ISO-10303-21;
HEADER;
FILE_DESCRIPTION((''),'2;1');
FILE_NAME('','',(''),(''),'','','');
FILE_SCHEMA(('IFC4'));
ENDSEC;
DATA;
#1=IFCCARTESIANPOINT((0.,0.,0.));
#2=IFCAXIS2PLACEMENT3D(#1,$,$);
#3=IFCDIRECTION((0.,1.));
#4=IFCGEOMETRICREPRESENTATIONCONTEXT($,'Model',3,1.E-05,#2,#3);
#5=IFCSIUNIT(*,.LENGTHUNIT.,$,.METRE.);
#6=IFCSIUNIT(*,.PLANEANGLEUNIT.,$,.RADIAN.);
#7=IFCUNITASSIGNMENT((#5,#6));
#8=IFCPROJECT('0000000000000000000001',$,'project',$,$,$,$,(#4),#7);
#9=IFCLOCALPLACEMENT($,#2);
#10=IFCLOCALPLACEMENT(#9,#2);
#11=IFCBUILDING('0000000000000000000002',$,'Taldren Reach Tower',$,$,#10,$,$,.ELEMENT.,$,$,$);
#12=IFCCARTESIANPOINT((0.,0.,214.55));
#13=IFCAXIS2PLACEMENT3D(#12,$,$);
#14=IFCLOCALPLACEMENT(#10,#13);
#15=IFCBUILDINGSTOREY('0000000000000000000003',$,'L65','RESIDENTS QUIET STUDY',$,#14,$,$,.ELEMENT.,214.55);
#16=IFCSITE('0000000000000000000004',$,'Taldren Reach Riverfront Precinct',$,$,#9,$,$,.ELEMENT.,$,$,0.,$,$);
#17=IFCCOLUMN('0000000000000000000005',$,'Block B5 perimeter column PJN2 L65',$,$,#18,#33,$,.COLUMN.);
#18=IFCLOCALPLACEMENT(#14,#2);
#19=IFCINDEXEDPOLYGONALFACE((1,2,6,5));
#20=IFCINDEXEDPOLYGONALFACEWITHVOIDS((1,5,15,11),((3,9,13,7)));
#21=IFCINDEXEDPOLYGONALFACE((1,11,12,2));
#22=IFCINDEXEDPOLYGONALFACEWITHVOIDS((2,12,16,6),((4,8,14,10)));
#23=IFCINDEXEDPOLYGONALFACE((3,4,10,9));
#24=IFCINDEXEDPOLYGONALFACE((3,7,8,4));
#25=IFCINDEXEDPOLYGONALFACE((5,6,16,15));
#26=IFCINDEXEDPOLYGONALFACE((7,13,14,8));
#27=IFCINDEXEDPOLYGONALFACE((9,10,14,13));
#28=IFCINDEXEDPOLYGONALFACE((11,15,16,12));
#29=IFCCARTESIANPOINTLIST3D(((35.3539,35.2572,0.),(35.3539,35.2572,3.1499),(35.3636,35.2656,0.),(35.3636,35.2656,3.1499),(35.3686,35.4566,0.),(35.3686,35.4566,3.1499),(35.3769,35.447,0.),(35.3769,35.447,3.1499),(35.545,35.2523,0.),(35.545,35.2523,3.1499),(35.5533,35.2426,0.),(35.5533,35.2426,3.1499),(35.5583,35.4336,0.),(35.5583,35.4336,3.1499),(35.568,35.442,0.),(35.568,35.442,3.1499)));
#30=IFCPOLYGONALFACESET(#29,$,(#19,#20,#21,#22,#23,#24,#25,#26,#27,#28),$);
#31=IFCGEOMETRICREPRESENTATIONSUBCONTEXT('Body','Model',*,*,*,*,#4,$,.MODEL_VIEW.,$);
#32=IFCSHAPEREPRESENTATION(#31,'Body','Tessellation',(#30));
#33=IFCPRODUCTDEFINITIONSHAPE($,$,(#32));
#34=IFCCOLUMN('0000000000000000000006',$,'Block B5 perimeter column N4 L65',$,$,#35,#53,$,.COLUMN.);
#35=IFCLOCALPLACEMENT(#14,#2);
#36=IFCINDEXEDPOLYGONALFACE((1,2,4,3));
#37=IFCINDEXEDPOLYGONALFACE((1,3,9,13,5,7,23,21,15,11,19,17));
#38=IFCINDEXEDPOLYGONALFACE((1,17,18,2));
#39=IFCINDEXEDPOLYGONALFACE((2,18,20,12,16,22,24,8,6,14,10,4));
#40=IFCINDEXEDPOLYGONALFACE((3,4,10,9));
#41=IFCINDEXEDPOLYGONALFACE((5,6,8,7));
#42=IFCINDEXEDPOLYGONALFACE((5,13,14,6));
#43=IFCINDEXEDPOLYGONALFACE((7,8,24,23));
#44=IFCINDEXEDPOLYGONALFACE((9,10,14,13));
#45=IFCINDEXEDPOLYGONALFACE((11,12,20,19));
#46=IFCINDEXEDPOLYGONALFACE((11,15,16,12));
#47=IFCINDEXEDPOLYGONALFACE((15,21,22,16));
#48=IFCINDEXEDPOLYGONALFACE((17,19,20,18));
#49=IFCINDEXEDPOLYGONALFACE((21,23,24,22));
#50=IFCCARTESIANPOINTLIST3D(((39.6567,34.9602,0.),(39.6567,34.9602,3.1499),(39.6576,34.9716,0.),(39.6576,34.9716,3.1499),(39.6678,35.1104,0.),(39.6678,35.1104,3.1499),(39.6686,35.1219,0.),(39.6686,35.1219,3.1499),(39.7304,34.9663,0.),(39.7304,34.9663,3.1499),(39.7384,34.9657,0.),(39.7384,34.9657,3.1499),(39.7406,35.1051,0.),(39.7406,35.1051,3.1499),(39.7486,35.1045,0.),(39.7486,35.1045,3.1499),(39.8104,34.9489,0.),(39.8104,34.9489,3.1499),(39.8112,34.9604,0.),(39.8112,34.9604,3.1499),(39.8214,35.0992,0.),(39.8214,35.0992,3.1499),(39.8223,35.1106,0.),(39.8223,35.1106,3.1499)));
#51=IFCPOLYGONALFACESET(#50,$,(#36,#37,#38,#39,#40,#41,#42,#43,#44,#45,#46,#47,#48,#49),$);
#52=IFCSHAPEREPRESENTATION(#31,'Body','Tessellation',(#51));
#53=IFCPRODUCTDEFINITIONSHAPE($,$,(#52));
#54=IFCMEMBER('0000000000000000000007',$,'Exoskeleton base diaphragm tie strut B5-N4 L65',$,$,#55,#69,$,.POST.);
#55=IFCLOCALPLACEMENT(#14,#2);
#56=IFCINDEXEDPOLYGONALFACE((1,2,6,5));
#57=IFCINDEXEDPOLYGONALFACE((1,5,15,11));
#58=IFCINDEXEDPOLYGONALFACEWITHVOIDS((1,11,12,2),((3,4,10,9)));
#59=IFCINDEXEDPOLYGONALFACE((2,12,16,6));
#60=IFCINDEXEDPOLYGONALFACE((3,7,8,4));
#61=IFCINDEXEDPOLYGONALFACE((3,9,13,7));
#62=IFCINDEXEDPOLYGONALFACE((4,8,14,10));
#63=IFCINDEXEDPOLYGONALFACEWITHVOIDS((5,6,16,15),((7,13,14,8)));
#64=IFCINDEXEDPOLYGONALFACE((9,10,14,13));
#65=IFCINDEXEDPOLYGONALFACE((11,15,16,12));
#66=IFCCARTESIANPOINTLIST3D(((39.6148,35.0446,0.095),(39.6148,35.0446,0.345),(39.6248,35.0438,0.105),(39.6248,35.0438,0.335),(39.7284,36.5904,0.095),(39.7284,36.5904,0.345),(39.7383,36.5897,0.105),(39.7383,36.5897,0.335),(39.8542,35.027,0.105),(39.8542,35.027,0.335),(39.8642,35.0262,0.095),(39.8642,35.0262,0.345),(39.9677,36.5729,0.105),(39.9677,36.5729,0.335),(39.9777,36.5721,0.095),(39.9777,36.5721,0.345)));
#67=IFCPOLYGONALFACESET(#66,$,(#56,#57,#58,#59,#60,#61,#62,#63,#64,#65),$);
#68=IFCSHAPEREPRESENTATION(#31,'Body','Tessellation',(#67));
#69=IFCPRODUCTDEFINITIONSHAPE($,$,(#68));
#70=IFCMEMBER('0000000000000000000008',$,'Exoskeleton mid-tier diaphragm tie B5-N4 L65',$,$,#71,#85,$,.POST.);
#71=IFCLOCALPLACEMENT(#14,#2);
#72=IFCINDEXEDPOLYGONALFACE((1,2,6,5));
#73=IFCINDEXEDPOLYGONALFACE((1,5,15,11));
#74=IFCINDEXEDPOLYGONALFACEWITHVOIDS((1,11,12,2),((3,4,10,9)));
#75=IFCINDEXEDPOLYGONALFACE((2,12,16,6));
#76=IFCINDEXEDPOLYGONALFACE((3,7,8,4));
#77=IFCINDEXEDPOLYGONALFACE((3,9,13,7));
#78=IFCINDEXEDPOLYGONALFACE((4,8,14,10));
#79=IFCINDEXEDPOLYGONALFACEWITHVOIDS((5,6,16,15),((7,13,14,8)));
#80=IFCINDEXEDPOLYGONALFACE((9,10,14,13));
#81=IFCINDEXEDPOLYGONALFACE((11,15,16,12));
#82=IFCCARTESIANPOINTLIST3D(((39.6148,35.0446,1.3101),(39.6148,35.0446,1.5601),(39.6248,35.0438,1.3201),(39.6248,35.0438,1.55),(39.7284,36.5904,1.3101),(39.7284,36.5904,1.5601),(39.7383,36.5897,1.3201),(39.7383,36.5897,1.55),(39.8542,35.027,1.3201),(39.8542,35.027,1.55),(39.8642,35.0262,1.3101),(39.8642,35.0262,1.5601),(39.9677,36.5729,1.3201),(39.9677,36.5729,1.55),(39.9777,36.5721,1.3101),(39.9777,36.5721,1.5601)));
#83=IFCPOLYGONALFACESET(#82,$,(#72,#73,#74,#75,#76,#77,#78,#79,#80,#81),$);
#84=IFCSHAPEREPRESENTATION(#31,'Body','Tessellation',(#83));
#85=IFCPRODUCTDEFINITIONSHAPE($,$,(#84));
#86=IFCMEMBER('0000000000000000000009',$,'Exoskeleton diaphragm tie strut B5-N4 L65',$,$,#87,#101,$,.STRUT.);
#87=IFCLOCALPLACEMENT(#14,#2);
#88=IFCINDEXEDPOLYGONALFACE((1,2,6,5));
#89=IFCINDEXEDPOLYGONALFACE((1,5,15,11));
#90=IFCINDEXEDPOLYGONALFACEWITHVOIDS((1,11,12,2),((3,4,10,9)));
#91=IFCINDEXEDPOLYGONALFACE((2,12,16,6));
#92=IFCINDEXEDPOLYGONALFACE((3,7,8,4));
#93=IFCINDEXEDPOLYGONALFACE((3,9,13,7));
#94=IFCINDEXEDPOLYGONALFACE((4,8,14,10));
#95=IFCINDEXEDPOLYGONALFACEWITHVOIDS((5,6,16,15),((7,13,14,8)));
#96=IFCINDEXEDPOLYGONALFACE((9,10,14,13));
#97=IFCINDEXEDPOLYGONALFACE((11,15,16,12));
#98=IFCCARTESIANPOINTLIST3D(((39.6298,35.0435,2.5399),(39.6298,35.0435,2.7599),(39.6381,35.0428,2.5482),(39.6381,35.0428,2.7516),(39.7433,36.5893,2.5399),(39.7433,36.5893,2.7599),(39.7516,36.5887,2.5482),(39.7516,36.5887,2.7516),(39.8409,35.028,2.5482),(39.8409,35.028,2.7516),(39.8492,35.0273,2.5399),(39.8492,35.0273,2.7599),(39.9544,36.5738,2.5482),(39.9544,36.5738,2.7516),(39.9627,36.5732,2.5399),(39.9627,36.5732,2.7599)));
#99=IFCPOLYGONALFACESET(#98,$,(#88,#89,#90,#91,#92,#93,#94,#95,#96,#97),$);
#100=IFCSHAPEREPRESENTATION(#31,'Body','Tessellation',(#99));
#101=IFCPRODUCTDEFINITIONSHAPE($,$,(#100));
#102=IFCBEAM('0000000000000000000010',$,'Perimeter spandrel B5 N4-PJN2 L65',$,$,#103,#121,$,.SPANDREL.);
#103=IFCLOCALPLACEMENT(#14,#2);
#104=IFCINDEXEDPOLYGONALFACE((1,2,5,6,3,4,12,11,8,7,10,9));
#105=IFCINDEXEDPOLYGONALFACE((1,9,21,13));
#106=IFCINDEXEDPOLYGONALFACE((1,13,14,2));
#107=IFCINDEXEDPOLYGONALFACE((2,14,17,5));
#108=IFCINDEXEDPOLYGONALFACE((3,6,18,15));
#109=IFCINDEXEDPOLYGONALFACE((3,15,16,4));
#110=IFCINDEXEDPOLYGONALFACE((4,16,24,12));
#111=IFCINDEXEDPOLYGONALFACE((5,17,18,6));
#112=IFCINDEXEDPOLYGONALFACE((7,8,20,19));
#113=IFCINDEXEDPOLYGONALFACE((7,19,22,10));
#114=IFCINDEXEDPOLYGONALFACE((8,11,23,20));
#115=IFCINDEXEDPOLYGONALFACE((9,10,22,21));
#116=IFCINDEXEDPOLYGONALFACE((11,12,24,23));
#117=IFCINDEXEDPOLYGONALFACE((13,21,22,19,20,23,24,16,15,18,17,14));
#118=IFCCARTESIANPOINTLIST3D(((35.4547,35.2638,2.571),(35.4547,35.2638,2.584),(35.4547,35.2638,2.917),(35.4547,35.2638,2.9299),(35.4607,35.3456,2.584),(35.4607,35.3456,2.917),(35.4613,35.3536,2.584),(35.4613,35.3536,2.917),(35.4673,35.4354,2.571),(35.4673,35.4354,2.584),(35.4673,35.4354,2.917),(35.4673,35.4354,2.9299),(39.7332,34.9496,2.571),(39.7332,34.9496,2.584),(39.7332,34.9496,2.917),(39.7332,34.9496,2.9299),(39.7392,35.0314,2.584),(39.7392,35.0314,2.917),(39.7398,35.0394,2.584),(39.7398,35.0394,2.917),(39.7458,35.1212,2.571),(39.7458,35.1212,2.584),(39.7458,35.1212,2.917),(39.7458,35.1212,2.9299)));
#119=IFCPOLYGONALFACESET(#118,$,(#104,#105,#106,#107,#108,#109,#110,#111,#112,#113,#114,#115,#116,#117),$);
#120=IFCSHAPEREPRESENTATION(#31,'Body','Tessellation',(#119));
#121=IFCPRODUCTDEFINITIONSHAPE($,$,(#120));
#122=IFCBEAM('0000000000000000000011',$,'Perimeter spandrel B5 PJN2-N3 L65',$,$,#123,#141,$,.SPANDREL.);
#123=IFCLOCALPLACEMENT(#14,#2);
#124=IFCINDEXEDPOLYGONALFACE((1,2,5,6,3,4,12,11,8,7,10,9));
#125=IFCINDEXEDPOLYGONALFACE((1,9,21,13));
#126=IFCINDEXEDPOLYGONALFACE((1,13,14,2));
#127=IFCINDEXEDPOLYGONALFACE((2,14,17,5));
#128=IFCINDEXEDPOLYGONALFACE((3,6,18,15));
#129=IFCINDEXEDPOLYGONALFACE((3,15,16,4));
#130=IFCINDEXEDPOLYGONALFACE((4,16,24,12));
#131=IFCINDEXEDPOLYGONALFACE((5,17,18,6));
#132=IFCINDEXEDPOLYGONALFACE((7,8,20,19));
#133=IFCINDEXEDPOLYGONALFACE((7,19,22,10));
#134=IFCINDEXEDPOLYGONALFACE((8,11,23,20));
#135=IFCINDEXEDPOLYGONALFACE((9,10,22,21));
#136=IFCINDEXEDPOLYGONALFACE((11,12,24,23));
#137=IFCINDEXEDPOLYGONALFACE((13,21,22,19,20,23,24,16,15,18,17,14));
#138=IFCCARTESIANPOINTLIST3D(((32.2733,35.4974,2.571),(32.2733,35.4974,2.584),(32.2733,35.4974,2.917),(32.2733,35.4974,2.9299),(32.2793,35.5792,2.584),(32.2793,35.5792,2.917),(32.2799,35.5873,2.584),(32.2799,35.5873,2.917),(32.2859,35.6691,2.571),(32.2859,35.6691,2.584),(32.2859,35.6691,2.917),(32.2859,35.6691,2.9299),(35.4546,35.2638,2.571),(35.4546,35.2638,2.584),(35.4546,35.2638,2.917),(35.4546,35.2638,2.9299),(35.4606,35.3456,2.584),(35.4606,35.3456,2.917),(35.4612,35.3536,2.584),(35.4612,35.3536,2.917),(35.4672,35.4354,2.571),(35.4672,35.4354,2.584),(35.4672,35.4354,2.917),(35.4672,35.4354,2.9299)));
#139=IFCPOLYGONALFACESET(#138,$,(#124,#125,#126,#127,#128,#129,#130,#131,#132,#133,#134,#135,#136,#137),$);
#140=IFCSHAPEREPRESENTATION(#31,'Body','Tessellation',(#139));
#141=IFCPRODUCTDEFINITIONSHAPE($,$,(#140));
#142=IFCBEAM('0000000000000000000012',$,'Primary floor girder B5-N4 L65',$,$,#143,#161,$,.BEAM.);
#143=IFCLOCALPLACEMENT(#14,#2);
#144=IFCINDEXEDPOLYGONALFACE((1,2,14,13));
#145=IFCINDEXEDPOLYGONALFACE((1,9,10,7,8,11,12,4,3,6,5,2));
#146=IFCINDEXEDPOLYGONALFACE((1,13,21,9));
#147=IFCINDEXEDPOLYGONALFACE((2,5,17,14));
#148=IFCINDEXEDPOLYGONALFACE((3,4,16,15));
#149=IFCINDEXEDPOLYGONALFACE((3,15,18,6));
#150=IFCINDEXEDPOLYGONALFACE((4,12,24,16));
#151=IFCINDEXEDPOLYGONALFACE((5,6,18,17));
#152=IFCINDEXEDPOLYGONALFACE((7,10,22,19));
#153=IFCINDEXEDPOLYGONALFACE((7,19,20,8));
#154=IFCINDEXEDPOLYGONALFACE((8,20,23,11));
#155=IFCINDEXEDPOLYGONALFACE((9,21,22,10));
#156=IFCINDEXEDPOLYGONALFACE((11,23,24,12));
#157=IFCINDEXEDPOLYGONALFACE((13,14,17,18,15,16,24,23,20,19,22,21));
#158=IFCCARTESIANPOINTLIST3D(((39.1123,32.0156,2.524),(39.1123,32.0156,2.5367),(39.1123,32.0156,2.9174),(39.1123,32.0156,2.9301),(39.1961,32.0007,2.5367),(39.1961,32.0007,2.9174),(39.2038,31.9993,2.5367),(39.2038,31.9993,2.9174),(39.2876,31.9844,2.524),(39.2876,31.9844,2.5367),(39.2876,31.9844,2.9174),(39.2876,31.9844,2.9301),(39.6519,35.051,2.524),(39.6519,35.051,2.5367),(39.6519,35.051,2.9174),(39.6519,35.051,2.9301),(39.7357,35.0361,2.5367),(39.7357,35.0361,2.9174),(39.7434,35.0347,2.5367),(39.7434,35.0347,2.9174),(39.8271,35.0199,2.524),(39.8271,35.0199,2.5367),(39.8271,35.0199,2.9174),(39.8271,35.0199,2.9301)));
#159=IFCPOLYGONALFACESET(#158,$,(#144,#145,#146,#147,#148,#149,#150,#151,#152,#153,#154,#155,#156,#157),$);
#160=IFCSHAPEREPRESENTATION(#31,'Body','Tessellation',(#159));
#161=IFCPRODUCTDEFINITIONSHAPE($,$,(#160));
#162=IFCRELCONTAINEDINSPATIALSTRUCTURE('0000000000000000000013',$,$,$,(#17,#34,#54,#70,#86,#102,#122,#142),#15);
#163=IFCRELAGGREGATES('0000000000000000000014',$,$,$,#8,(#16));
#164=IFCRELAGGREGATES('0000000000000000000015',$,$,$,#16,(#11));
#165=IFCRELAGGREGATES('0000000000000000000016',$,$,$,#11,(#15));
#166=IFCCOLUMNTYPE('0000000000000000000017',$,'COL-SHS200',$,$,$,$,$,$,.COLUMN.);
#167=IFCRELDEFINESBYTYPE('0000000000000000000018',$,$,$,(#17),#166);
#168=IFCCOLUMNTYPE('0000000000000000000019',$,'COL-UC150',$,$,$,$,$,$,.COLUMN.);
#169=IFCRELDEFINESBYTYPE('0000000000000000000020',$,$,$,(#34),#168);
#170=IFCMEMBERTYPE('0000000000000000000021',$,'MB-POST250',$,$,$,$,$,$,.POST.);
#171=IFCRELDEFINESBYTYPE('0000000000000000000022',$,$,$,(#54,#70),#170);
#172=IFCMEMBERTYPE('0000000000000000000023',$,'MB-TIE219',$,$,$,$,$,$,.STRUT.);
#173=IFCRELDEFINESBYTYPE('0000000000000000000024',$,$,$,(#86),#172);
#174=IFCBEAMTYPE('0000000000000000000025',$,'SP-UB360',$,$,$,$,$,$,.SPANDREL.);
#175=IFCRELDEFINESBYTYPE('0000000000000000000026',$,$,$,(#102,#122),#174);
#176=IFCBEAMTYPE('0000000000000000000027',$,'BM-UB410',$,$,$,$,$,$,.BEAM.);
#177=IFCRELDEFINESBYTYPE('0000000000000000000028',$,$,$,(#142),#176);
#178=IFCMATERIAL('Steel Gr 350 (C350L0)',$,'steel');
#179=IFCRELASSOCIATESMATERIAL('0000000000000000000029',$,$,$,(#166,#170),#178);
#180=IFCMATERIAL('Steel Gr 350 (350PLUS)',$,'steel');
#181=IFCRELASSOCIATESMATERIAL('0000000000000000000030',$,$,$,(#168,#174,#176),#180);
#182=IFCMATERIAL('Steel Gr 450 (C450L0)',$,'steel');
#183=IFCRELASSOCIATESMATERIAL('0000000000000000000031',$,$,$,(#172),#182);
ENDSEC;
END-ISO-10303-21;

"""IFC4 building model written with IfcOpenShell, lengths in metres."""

from ifc_helpers import new_model, si_unit, direction, frame, origin, origin_2d, place, context, subcontext, project, spatial, hollow_rectangle, i_section, extrude, source, transform, mapped, material, material_profile, profile_set, type_object, element, save


model = new_model("IFC4")

# Units and contexts
model_context = context("Model", 3, precision=1e-05, world=origin(), true_north=direction((0.0, 1.0)))
body_context = subcontext(model_context, "Body", "Model", "MODEL_VIEW")
ifc_project = project(units=[si_unit("LENGTHUNIT", "METRE"), si_unit("PLANEANGLEUNIT", "RADIAN")], contexts=[model_context])

# Site, building, storey
site_placement = place(None, origin())
site = spatial("IfcSite", under=ifc_project, at=site_placement, Name="Taldren Reach Riverfront Precinct", CompositionType="ELEMENT", RefElevation=0.0)
building_placement = place(site_placement, origin())
building = spatial("IfcBuilding", under=site, at=building_placement, Name="Taldren Reach Tower", CompositionType="ELEMENT")
storey_placement = place(building_placement, frame((0.0, 0.0, 214.55)))
storey = spatial("IfcBuildingStorey", under=building, at=storey_placement, Name="L65", Description="RESIDENTS QUIET STUDY", CompositionType="ELEMENT", Elevation=214.55)

# Columns
ifc_material_1 = material(Name="Steel Gr 350 (C350L0)", Category="steel")
ifc_material_profile_1 = material_profile(ifc_material_1, hollow_rectangle(XDim=0.2, YDim=0.2, WallThickness=0.009, at=origin_2d()), Name="200x200x9.0SHS")
ifc_profile_set_1 = profile_set([ifc_material_profile_1], Name="Steel Gr 350 (C350L0)")
column_type_1 = type_object("IfcColumnType", Name="COL-SHS200", PredefinedType="COLUMN", material=ifc_profile_set_1)
shared_shape_1 = source(origin(), body_context, "Body", "SweptSolid", [
    extrude(hollow_rectangle(XDim=0.2, YDim=0.2, WallThickness=0.009, at=origin_2d()), origin(), (0.0, 0.0, 1.0), 3.1499),
])
column_1_placement = place(storey_placement, frame((35.4609, 35.3496, 0.0), z_axis=(0.0, 0.0, 1.0), x_axis=(0.997314, -0.073238, 0.0)))
element("IfcColumn", 1, at=column_1_placement, inside=storey, type_object=column_type_1, Name="Block B5 perimeter column PJN2 L65", PredefinedType="COLUMN", context=body_context, shape_type="MappedRepresentation", body=[
    mapped(shared_shape_1, transform((0.0, 0.0, 0.0), scale=1.0)),
])
ifc_material_2 = material(Name="Steel Gr 350 (350PLUS)", Category="steel")
ifc_material_profile_2 = material_profile(ifc_material_2, i_section(OverallWidth=0.1541, OverallDepth=0.1621, WebThickness=0.0081, FlangeThickness=0.0115, at=origin_2d()), Name="150UC37.2")
ifc_profile_set_2 = profile_set([ifc_material_profile_2], Name="Steel Gr 350 (350PLUS)")
column_type_2 = type_object("IfcColumnType", Name="COL-UC150", PredefinedType="COLUMN", material=ifc_profile_set_2)
shared_shape_2 = source(origin(), body_context, "Body", "SweptSolid", [
    extrude(i_section(OverallWidth=0.1541, OverallDepth=0.1621, WebThickness=0.0081, FlangeThickness=0.0115, at=origin_2d()), origin(), (0.0, 0.0, 1.0), 3.1499),
])
column_2_placement = place(storey_placement, frame((39.7395, 35.0354, 0.0), z_axis=(0.0, 0.0, 1.0), x_axis=(0.997314, -0.073238, 0.0)))
element("IfcColumn", 2, at=column_2_placement, inside=storey, type_object=column_type_2, Name="Block B5 perimeter column N4 L65", PredefinedType="COLUMN", context=body_context, shape_type="MappedRepresentation", body=[
    mapped(shared_shape_2, transform((0.0, 0.0, 0.0), scale=1.0)),
])

# Members
ifc_material_profile_3 = material_profile(ifc_material_1, hollow_rectangle(XDim=0.25, YDim=0.25, WallThickness=0.01, at=origin_2d()), Name="250x250x10.0SHS")
ifc_profile_set_3 = profile_set([ifc_material_profile_3], Name="Steel Gr 350 (C350L0)")
member_type_1 = type_object("IfcMemberType", Name="MB-POST250", PredefinedType="POST", material=ifc_profile_set_3)
shared_shape_3 = source(origin(), body_context, "Body", "SweptSolid", [
    extrude(hollow_rectangle(XDim=0.25, YDim=0.25, WallThickness=0.01, at=origin_2d()), origin(), (0.0, 0.0, 1.0), 1.55),
])
for number, where, z_axis, x_axis, name in (
    (3, (39.7395, 35.0354, 0.22), (0.073239, 0.997314, 0.0), (-0.997314, 0.073239, 0.0), "Exoskeleton base diaphragm tie strut B5-N4 L65"),
    (4, (39.7395, 35.0354, 1.4351), (0.073239, 0.997314, 0.0), (-0.997314, 0.073239, 0.0), "Exoskeleton mid-tier diaphragm tie B5-N4 L65"),
):
    element("IfcMember", number, at=place(storey_placement, frame(where, z_axis=z_axis, x_axis=x_axis)), inside=storey, type_object=member_type_1, Name=name, PredefinedType="POST", context=body_context, shape_type="MappedRepresentation", body=[
        mapped(shared_shape_3, transform((0.0, 0.0, 0.0), scale=1.0)),
    ])
ifc_material_3 = material(Name="Steel Gr 450 (C450L0)", Category="steel")
ifc_material_profile_4 = material_profile(ifc_material_3, hollow_rectangle(XDim=0.22, YDim=0.22, WallThickness=0.0083, at=origin_2d()), Name="220x220x8.2SHS")
ifc_profile_set_4 = profile_set([ifc_material_profile_4], Name="Steel Gr 450 (C450L0)")
member_type_2 = type_object("IfcMemberType", Name="MB-TIE219", PredefinedType="STRUT", material=ifc_profile_set_4)
shared_shape_4 = source(origin(), body_context, "Body", "SweptSolid", [
    extrude(hollow_rectangle(XDim=0.22, YDim=0.22, WallThickness=0.0083, at=origin_2d()), origin(), (0.0, 0.0, 1.0), 1.55),
])
member_1_placement = place(storey_placement, frame((39.7395, 35.0354, 2.6499), z_axis=(0.073239, 0.997314, 0.0), x_axis=(-0.997314, 0.073239, 0.0)))
element("IfcMember", 5, at=member_1_placement, inside=storey, type_object=member_type_2, Name="Exoskeleton diaphragm tie strut B5-N4 L65", PredefinedType="STRUT", context=body_context, shape_type="MappedRepresentation", body=[
    mapped(shared_shape_4, transform((0.0, 0.0, 0.0), scale=1.0)),
])

# Beams
ifc_material_profile_5 = material_profile(ifc_material_2, i_section(OverallWidth=0.1721, OverallDepth=0.3589, WebThickness=0.0081, FlangeThickness=0.0129, at=origin_2d()), Name="360UB56.7")
ifc_profile_set_5 = profile_set([ifc_material_profile_5], Name="Steel Gr 350 (350PLUS)")
beam_type_1 = type_object("IfcBeamType", Name="SP-UB360", PredefinedType="SPANDREL", material=ifc_profile_set_5)
shared_shape_5 = source(origin(), body_context, "Body", "SweptSolid", [
    extrude(i_section(OverallWidth=0.1721, OverallDepth=0.3589, WebThickness=0.0081, FlangeThickness=0.0129, at=origin_2d()), origin(), (0.0, 0.0, 1.0), 4.29),
])
beam_1_placement = place(storey_placement, frame((39.7395, 35.0354, 2.7505), z_axis=(-0.997314, 0.073241, 0.0), x_axis=(-0.073241, -0.997314, 0.0)))
element("IfcBeam", 6, at=beam_1_placement, inside=storey, type_object=beam_type_1, Name="Perimeter spandrel B5 N4-PJN2 L65", PredefinedType="SPANDREL", context=body_context, shape_type="MappedRepresentation", body=[
    mapped(shared_shape_5, transform((0.0, 0.0, 0.0), scale=1.0)),
])
shared_shape_6 = source(origin(), body_context, "Body", "SweptSolid", [
    extrude(i_section(OverallWidth=0.1721, OverallDepth=0.3589, WebThickness=0.0081, FlangeThickness=0.0129, at=origin_2d()), origin(), (0.0, 0.0, 1.0), 3.1899),
])
beam_2_placement = place(storey_placement, frame((35.4609, 35.3496, 2.7505), z_axis=(-0.997314, 0.073243, 0.0), x_axis=(-0.073243, -0.997314, 0.0)))
element("IfcBeam", 7, at=beam_2_placement, inside=storey, type_object=beam_type_1, Name="Perimeter spandrel B5 PJN2-N3 L65", PredefinedType="SPANDREL", context=body_context, shape_type="MappedRepresentation", body=[
    mapped(shared_shape_6, transform((0.0, 0.0, 0.0), scale=1.0)),
])
ifc_material_profile_6 = material_profile(ifc_material_2, i_section(OverallWidth=0.178, OverallDepth=0.406, WebThickness=0.0078, FlangeThickness=0.0127, at=origin_2d()), Name="410UB59.7")
ifc_profile_set_6 = profile_set([ifc_material_profile_6], Name="Steel Gr 350 (350PLUS)")
beam_type_2 = type_object("IfcBeamType", Name="BM-UB410", PredefinedType="BEAM", material=ifc_profile_set_6)
shared_shape_7 = source(origin(), body_context, "Body", "SweptSolid", [
    extrude(i_section(OverallWidth=0.178, OverallDepth=0.406, WebThickness=0.0078, FlangeThickness=0.0127, at=origin_2d()), origin(), (0.0, 0.0, 1.0), 3.083),
])
beam_3_placement = place(storey_placement, frame((39.2, 32.0, 2.7271), z_axis=(0.175009, 0.984567, 0.0), x_axis=(-0.984567, 0.175009, 0.0)))
element("IfcBeam", 8, at=beam_3_placement, inside=storey, type_object=beam_type_2, Name="Primary floor girder B5-N4 L65", PredefinedType="BEAM", context=body_context, shape_type="MappedRepresentation", body=[
    mapped(shared_shape_7, transform((0.0, 0.0, 0.0), scale=1.0)),
])

save(model, "model.ifc")
